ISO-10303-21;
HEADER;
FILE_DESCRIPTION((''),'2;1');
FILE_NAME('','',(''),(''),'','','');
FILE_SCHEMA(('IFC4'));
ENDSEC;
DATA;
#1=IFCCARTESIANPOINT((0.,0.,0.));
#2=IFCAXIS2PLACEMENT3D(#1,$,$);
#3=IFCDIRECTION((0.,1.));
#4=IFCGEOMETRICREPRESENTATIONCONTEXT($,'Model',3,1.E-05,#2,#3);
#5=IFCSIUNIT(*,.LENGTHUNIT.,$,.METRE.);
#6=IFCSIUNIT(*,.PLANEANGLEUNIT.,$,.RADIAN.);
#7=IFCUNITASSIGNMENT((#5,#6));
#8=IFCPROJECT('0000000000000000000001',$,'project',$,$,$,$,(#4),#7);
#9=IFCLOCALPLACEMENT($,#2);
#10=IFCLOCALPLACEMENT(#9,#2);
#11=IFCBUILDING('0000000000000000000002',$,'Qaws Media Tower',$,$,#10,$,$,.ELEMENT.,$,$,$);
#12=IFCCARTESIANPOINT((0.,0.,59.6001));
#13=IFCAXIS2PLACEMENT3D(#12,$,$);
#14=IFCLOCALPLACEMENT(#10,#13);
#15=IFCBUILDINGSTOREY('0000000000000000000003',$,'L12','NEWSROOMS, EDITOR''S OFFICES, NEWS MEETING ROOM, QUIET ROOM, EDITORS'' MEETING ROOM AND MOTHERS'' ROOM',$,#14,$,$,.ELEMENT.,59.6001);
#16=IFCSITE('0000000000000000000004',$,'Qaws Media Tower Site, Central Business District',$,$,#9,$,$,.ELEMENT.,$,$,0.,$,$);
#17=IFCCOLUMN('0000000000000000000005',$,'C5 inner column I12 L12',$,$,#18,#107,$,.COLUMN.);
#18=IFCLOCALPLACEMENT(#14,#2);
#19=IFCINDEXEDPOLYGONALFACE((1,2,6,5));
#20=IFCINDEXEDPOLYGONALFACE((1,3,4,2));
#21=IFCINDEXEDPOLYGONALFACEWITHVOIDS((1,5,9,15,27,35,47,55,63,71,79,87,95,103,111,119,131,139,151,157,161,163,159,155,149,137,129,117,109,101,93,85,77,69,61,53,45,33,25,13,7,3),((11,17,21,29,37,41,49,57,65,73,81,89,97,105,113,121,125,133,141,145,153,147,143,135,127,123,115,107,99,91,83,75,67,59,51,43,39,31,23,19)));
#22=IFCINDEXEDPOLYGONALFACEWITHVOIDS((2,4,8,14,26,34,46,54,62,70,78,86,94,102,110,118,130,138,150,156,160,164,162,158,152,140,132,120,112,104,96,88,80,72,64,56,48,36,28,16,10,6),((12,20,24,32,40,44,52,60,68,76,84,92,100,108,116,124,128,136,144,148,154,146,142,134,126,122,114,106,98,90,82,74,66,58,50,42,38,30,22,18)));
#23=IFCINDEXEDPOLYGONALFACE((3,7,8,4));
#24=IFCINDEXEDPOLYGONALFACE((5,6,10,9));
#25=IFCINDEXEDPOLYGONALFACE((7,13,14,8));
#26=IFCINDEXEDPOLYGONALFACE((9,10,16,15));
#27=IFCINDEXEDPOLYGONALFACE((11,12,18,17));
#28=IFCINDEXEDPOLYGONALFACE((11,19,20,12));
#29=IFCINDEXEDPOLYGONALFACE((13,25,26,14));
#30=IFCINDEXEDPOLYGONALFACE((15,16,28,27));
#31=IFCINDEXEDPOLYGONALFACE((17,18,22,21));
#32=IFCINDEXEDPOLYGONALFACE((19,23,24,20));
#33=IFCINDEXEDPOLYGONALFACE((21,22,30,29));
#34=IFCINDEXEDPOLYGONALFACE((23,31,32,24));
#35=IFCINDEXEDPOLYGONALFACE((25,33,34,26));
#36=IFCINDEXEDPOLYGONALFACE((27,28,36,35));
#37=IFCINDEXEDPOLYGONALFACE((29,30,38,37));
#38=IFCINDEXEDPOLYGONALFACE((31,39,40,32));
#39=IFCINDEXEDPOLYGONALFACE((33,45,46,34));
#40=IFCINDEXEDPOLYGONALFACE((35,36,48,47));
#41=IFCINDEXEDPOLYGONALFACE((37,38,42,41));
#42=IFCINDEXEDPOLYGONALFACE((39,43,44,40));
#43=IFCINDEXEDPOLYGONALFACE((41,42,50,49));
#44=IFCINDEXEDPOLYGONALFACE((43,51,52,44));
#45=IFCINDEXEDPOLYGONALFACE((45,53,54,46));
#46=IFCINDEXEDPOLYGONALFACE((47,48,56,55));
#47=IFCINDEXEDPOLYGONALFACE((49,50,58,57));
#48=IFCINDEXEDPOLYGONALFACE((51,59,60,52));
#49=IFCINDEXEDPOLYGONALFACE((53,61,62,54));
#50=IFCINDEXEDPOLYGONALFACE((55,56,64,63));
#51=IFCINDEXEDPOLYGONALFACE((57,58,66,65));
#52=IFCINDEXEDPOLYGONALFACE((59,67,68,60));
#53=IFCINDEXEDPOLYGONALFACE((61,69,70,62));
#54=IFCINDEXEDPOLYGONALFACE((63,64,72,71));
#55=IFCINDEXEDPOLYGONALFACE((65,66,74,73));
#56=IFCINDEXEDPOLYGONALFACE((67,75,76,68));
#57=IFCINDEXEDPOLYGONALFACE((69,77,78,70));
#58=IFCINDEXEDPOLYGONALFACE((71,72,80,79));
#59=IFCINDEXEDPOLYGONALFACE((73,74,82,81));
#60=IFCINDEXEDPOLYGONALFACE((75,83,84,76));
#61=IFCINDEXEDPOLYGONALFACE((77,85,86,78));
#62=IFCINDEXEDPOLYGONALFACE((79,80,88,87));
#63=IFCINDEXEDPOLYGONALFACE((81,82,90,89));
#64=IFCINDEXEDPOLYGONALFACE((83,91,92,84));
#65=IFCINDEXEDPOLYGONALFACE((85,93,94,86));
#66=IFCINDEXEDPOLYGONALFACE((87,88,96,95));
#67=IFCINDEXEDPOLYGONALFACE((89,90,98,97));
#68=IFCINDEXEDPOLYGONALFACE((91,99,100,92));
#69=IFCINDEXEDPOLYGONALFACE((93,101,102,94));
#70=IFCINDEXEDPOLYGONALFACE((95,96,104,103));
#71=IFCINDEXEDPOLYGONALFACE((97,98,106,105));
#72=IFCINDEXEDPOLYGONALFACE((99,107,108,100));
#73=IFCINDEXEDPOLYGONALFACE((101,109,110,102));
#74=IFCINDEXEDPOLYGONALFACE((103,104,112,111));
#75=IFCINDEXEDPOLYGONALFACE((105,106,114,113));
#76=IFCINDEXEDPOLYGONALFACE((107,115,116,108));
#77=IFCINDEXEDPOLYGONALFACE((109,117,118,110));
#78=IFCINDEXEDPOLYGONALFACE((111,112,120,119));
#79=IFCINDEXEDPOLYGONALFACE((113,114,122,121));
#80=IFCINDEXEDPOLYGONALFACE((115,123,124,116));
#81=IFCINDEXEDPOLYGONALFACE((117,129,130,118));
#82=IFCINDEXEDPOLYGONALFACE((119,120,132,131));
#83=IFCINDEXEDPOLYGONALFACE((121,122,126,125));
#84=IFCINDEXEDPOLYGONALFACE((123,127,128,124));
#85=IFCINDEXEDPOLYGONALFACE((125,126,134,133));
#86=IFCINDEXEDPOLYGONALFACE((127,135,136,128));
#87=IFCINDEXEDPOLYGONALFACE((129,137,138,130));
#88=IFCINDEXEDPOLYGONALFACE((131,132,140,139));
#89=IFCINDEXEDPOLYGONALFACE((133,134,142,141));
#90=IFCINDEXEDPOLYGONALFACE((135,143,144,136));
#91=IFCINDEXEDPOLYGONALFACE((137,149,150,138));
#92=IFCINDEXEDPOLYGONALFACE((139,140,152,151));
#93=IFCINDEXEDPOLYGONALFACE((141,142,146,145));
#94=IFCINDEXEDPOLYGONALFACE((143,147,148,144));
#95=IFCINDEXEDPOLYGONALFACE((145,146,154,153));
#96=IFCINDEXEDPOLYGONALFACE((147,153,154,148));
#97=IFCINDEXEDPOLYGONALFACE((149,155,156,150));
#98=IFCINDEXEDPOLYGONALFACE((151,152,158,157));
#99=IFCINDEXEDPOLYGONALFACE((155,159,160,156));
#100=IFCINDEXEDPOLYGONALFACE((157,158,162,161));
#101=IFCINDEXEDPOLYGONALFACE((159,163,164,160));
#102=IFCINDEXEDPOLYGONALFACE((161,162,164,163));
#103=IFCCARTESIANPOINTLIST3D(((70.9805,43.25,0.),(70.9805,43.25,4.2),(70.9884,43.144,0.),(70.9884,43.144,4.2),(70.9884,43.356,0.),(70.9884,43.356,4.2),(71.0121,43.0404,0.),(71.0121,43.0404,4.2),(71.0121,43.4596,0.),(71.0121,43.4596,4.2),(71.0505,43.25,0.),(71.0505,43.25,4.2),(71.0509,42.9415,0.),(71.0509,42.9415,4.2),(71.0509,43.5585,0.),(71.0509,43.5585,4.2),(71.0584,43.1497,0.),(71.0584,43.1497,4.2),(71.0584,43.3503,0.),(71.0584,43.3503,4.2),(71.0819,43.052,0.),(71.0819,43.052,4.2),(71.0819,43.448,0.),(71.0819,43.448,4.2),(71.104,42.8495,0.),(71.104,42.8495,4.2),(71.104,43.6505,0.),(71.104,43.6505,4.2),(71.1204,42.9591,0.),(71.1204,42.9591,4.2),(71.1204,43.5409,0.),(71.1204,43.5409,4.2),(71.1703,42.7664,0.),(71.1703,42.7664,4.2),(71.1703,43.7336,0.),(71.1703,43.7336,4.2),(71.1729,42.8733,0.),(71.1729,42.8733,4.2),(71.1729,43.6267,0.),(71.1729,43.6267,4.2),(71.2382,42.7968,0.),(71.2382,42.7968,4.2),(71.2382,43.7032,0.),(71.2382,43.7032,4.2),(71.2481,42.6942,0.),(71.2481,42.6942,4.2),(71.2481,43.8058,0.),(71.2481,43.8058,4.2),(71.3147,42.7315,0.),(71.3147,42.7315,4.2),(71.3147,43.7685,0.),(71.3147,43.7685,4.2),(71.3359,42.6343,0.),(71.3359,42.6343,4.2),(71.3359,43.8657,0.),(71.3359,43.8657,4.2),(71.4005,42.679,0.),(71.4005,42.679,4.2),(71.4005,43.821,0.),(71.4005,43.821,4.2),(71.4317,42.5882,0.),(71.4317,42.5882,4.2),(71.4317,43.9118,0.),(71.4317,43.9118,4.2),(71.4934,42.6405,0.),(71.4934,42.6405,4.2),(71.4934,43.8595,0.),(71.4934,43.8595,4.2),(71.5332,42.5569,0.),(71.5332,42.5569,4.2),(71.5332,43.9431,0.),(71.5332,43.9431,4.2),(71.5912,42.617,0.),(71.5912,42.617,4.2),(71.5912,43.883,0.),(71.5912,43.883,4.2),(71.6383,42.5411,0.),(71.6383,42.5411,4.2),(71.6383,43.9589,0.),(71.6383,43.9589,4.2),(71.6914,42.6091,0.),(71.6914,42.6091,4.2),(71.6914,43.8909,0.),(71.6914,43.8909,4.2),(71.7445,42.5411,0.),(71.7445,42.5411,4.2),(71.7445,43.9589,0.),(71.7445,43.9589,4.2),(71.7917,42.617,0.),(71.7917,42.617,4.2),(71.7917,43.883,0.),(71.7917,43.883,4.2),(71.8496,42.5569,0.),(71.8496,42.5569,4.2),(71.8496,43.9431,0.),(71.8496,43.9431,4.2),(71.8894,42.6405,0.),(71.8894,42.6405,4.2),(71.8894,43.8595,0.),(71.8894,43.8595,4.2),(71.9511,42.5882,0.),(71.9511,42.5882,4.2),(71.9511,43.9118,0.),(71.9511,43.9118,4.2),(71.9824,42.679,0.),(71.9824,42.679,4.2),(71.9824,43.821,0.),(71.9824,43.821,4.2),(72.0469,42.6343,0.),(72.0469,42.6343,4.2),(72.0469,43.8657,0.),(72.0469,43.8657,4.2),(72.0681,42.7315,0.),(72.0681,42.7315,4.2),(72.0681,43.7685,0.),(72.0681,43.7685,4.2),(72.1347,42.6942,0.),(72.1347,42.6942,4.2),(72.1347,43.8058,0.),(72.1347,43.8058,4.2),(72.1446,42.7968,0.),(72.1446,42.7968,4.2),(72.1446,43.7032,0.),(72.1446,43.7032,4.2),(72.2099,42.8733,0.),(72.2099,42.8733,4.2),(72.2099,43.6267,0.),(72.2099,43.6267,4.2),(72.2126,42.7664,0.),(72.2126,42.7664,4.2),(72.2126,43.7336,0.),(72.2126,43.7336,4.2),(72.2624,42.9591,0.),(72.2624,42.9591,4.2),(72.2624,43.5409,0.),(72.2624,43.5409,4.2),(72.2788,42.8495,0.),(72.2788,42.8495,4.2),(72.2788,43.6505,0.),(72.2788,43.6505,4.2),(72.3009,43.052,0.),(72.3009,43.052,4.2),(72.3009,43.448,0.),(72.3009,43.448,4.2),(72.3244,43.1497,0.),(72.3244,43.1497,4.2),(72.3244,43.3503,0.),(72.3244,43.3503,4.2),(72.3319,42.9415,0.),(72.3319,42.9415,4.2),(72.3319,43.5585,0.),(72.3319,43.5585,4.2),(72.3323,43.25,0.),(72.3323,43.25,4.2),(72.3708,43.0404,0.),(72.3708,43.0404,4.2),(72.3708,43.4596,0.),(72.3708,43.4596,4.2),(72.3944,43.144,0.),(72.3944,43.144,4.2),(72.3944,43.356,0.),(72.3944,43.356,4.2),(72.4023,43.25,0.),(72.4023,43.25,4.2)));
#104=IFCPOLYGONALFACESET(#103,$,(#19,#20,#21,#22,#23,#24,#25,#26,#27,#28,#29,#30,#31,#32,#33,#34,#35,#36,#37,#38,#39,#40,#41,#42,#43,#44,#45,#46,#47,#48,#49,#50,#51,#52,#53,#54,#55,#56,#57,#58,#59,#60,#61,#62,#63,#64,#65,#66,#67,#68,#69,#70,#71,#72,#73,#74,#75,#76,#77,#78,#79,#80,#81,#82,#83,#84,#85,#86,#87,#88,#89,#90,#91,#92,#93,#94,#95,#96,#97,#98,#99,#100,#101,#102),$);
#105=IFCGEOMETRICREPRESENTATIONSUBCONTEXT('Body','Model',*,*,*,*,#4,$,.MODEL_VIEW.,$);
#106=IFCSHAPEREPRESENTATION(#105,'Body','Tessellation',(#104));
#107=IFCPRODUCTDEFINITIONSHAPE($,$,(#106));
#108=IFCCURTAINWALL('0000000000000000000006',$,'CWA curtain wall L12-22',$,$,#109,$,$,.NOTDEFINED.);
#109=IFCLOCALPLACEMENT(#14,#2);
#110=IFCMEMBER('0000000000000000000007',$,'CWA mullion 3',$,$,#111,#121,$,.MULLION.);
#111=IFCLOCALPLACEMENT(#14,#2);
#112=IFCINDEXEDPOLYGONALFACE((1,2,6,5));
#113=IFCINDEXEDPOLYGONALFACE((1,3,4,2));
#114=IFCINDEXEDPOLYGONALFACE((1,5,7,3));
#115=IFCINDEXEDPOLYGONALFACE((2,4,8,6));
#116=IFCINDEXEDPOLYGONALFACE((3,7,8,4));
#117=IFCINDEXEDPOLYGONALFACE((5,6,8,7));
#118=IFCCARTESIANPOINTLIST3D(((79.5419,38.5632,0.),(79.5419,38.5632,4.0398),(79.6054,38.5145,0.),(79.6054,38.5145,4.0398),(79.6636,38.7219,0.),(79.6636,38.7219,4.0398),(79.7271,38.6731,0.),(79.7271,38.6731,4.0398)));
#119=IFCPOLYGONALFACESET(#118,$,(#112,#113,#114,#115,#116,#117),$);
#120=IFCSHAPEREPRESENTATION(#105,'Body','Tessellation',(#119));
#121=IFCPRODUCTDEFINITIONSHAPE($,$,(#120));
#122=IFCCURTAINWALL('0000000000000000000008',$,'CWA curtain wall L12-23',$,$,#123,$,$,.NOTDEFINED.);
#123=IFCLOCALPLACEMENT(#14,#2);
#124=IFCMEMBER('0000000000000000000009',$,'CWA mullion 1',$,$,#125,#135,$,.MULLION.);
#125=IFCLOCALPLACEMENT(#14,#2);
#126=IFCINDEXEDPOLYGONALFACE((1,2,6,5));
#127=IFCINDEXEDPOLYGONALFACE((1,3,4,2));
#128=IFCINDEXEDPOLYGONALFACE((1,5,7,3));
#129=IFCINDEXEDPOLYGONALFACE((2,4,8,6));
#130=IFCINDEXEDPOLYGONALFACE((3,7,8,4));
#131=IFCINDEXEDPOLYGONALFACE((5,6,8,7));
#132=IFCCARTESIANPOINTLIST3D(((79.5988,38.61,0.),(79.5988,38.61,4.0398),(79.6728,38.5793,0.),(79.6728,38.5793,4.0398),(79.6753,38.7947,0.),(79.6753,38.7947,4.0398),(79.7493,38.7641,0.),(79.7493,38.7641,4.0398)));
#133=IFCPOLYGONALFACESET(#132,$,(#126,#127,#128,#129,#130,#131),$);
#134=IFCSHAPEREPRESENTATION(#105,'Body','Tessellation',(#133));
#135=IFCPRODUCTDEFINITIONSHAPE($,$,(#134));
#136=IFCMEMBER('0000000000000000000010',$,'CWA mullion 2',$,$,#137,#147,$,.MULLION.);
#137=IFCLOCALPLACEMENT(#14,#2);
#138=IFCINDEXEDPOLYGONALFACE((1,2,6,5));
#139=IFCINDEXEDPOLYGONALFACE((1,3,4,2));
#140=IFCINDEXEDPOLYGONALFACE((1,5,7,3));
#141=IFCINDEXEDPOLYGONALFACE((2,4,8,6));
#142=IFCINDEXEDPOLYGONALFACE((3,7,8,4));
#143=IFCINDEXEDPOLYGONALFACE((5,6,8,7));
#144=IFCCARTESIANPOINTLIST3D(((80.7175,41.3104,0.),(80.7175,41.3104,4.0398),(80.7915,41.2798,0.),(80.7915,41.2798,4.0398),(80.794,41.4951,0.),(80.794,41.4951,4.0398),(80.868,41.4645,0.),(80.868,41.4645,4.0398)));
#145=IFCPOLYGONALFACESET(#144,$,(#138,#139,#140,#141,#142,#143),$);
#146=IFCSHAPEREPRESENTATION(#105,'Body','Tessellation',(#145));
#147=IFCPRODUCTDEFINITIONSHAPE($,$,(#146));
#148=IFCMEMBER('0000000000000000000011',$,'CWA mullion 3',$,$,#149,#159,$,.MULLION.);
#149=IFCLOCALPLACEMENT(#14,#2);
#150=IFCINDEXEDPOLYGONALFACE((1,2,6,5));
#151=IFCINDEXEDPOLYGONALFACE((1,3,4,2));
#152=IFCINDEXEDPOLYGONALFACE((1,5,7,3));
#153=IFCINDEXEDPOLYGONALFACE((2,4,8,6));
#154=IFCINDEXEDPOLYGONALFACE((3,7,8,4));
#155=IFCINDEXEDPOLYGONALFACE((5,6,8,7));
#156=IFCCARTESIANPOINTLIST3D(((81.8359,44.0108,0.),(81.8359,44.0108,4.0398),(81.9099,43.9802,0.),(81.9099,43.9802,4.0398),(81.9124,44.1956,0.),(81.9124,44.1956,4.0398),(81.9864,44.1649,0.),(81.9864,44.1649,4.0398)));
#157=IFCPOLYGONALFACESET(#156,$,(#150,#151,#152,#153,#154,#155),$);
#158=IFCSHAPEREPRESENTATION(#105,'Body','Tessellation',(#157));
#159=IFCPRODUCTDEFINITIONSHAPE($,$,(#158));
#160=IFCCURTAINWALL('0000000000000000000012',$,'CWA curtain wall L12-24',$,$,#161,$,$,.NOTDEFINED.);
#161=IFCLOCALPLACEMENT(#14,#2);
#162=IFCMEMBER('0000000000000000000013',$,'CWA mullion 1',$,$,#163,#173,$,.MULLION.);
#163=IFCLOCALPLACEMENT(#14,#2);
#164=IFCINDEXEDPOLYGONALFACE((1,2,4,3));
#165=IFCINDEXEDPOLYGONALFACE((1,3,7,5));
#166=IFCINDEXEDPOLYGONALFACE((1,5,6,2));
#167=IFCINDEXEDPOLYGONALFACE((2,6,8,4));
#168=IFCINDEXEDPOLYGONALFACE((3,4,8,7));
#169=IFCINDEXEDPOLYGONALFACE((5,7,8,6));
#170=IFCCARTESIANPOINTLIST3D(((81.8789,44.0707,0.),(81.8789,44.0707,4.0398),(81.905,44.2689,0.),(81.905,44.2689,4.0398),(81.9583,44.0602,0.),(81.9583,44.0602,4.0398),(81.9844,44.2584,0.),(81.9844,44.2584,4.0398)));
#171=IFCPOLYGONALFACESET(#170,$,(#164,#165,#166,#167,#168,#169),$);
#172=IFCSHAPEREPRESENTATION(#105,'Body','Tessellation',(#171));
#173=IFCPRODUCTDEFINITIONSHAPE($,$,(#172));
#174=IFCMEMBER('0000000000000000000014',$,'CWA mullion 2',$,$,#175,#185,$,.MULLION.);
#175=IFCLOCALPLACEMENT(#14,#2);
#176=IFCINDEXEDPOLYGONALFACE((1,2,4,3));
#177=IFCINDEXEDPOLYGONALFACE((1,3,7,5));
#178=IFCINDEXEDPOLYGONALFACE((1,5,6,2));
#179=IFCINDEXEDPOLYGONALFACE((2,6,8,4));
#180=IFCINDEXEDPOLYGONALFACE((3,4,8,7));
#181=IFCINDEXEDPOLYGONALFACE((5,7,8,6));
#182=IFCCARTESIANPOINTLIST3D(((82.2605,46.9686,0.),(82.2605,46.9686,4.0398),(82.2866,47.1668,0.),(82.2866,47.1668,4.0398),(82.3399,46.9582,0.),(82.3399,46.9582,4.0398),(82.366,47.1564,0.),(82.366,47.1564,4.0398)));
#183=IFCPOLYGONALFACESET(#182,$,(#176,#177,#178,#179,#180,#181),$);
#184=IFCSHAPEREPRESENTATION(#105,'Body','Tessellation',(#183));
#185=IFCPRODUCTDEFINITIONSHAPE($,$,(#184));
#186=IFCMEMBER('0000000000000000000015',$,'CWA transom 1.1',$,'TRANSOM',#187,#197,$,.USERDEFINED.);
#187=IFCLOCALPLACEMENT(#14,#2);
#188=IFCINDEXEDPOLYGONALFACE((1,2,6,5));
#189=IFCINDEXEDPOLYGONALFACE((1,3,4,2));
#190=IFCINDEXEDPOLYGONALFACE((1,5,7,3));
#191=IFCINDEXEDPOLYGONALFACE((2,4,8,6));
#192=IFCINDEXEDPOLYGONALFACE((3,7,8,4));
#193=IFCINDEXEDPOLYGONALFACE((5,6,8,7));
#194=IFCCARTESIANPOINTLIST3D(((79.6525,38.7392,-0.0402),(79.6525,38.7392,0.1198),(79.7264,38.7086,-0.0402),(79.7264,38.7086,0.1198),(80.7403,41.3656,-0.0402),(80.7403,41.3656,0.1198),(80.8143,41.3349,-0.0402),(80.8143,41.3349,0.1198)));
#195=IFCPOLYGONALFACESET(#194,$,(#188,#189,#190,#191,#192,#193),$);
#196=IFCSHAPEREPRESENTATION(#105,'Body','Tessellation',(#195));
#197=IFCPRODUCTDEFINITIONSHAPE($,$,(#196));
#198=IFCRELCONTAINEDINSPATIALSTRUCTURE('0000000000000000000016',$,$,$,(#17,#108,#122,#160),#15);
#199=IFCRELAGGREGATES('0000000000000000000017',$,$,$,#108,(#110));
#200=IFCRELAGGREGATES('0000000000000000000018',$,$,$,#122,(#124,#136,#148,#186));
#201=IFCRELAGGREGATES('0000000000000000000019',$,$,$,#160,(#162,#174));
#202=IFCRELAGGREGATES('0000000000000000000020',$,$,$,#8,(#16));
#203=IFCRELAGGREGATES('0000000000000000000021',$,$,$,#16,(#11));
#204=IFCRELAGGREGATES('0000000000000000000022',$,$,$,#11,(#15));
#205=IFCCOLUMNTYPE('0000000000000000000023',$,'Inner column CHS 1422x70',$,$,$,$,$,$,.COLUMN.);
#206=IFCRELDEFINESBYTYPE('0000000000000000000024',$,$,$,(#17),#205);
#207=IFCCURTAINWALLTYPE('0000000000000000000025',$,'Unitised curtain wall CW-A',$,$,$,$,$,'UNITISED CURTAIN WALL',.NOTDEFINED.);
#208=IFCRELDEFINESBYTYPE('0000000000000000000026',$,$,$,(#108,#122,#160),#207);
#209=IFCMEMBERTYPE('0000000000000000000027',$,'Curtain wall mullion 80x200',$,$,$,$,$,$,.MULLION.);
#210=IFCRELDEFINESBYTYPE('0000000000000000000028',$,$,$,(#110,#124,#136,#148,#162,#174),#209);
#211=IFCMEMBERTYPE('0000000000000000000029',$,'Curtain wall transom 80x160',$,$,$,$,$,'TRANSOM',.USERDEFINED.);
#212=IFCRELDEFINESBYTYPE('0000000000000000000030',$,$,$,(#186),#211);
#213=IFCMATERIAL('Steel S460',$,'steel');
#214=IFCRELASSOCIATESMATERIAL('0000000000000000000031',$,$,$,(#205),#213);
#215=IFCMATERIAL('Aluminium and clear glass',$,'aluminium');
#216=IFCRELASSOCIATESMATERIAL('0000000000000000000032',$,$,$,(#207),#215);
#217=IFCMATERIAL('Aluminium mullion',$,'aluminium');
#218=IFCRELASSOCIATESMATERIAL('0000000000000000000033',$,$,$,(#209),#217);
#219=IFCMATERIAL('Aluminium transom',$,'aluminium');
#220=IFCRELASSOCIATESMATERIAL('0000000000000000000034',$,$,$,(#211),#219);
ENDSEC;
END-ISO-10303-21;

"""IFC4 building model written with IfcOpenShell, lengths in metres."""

from ifc_helpers import new_model, si_unit, direction, frame, origin, origin_2d, place, context, subcontext, project, spatial, rectangle, hollow_circle, extrude, material, material_profile, profile_set, type_object, element, aggregate, save


model = new_model("IFC4")

# Units and contexts
model_context = context("Model", 3, precision=1e-05, world=origin(), true_north=direction((0.0, 1.0)))
body_context = subcontext(model_context, "Body", "Model", "MODEL_VIEW")
ifc_project = project(units=[si_unit("LENGTHUNIT", "METRE"), si_unit("PLANEANGLEUNIT", "RADIAN")], contexts=[model_context])

# Site, building, storey
site_placement = place(None, origin())
site = spatial("IfcSite", under=ifc_project, at=site_placement, Name="Qaws Media Tower Site, Central Business District", CompositionType="ELEMENT", RefElevation=0.0)
building_placement = place(site_placement, origin())
building = spatial("IfcBuilding", under=site, at=building_placement, Name="Qaws Media Tower", CompositionType="ELEMENT")
storey_placement = place(building_placement, frame((0.0, 0.0, 59.6001)))
storey = spatial("IfcBuildingStorey", under=building, at=storey_placement, Name="L12", Description="NEWSROOMS, EDITOR'S OFFICES, NEWS MEETING ROOM, QUIET ROOM, EDITORS' MEETING ROOM AND MOTHERS' ROOM", CompositionType="ELEMENT", Elevation=59.6001)

# Column
ifc_material_1 = material(Name="Steel S460", Category="steel")
ifc_material_profile_1 = material_profile(ifc_material_1, hollow_circle(Radius=0.7109, WallThickness=0.0701, at=origin_2d()), Name="CHS 1422x70")
ifc_profile_set_1 = profile_set([ifc_material_profile_1], Name="Steel S460")
column_type = type_object("IfcColumnType", Name="Inner column CHS 1422x70", PredefinedType="COLUMN", material=ifc_profile_set_1)
column_placement = place(storey_placement, frame((71.6914, 43.25, 0.0), z_axis=(0.0, 0.0, 1.0), x_axis=(1.0, 0.0, 0.0)))
element("IfcColumn", 1, at=column_placement, inside=storey, type_object=column_type, Name="C5 inner column I12 L12", PredefinedType="COLUMN", context=body_context, shape_type="SweptSolid", body=[
    extrude(hollow_circle(Radius=0.7109, WallThickness=0.0701, at=origin_2d()), origin(), (0.0, 0.0, 1.0), 4.2),
])

# Curtain wall, member
ifc_material_2 = material(Name="Aluminium and clear glass", Category="aluminium")
curtain_wall_type = type_object("IfcCurtainWallType", Name="Unitised curtain wall CW-A", ElementType="UNITISED CURTAIN WALL", PredefinedType="NOTDEFINED", material=ifc_material_2)
curtain_wall_1_placement = place(storey_placement, origin())
curtain_wall_1 = element("IfcCurtainWall", 2, at=curtain_wall_1_placement, inside=storey, type_object=curtain_wall_type, Name="CWA curtain wall L12-22", PredefinedType="NOTDEFINED")
ifc_material_3 = material(Name="Aluminium mullion", Category="aluminium")
ifc_material_profile_2 = material_profile(ifc_material_3, rectangle(XDim=0.0801, YDim=0.2, at=origin_2d()), Name="80x200")
ifc_profile_set_2 = profile_set([ifc_material_profile_2], Name="Aluminium mullion")
member_type_1 = type_object("IfcMemberType", Name="Curtain wall mullion 80x200", PredefinedType="MULLION", material=ifc_profile_set_2)
member_1_placement = place(storey_placement, frame((79.6345, 38.6182, 0.0), z_axis=(0.0, 0.0, 1.0), x_axis=(-0.793353, 0.608761, 0.0)))
member_1 = element("IfcMember", 3, at=member_1_placement, type_object=member_type_1, Name="CWA mullion 3", PredefinedType="MULLION", context=body_context, shape_type="SweptSolid", body=[
    extrude(rectangle(XDim=0.0801, YDim=0.2, at=origin_2d()), origin(), (0.0, 0.0, 1.0), 4.0398),
])
aggregate(curtain_wall_1, [member_1])

# Curtain walls, members
curtain_wall_2_placement = place(storey_placement, origin())
curtain_wall_2 = element("IfcCurtainWall", 4, at=curtain_wall_2_placement, inside=storey, type_object=curtain_wall_type, Name="CWA curtain wall L12-23", PredefinedType="NOTDEFINED")
member_2_placement = place(storey_placement, frame((79.6741, 38.687, 0.0), z_axis=(0.0, 0.0, 1.0), x_axis=(-0.92388, 0.382683, 0.0)))
member_2 = element("IfcMember", 5, at=member_2_placement, type_object=member_type_1, Name="CWA mullion 1", PredefinedType="MULLION", context=body_context, shape_type="SweptSolid", body=[
    extrude(rectangle(XDim=0.0801, YDim=0.2, at=origin_2d()), origin(), (0.0, 0.0, 1.0), 4.0398),
])
member_3_placement = place(storey_placement, frame((80.7927, 41.3875, 0.0), z_axis=(0.0, 0.0, 1.0), x_axis=(-0.92388, 0.382683, 0.0)))
member_3 = element("IfcMember", 6, at=member_3_placement, type_object=member_type_1, Name="CWA mullion 2", PredefinedType="MULLION", context=body_context, shape_type="SweptSolid", body=[
    extrude(rectangle(XDim=0.0801, YDim=0.2, at=origin_2d()), origin(), (0.0, 0.0, 1.0), 4.0398),
])
member_4_placement = place(storey_placement, frame((81.9111, 44.0879, 0.0), z_axis=(0.0, 0.0, 1.0), x_axis=(-0.92388, 0.382683, 0.0)))
member_4 = element("IfcMember", 7, at=member_4_placement, type_object=member_type_1, Name="CWA mullion 3", PredefinedType="MULLION", context=body_context, shape_type="SweptSolid", body=[
    extrude(rectangle(XDim=0.0801, YDim=0.2, at=origin_2d()), origin(), (0.0, 0.0, 1.0), 4.0398),
])
curtain_wall_3_placement = place(storey_placement, origin())
curtain_wall_3 = element("IfcCurtainWall", 8, at=curtain_wall_3_placement, inside=storey, type_object=curtain_wall_type, Name="CWA curtain wall L12-24", PredefinedType="NOTDEFINED")
member_5_placement = place(storey_placement, frame((81.9316, 44.1646, 0.0), z_axis=(0.0, 0.0, 1.0), x_axis=(-0.991445, 0.130526, 0.0)))
member_5 = element("IfcMember", 9, at=member_5_placement, type_object=member_type_1, Name="CWA mullion 1", PredefinedType="MULLION", context=body_context, shape_type="SweptSolid", body=[
    extrude(rectangle(XDim=0.0801, YDim=0.2, at=origin_2d()), origin(), (0.0, 0.0, 1.0), 4.0398),
])
member_6_placement = place(storey_placement, frame((82.3132, 47.0625, 0.0), z_axis=(0.0, 0.0, 1.0), x_axis=(-0.991445, 0.130526, 0.0)))
member_6 = element("IfcMember", 10, at=member_6_placement, type_object=member_type_1, Name="CWA mullion 2", PredefinedType="MULLION", context=body_context, shape_type="SweptSolid", body=[
    extrude(rectangle(XDim=0.0801, YDim=0.2, at=origin_2d()), origin(), (0.0, 0.0, 1.0), 4.0398),
])

# Member
ifc_material_4 = material(Name="Aluminium transom", Category="aluminium")
ifc_material_profile_3 = material_profile(ifc_material_4, rectangle(XDim=0.0801, YDim=0.1599, at=origin_2d()), Name="80x160")
ifc_profile_set_3 = profile_set([ifc_material_profile_3], Name="Aluminium transom")
member_type_2 = type_object("IfcMemberType", Name="Curtain wall transom 80x160", ElementType="TRANSOM", PredefinedType="USERDEFINED", material=ifc_profile_set_3)
member_7_placement = place(storey_placement, frame((79.6895, 38.7239, 0.0398), z_axis=(0.382675, 0.923883, 0.0), x_axis=(-0.923883, 0.382675, 0.0)))
member_7 = element("IfcMember", 11, at=member_7_placement, type_object=member_type_2, Name="CWA transom 1.1", ObjectType="TRANSOM", PredefinedType="USERDEFINED", context=body_context, shape_type="SweptSolid", body=[
    extrude(rectangle(XDim=0.0801, YDim=0.1599, at=origin_2d()), origin(), (0.0, 0.0, 1.0), 2.8428),
])

aggregate(curtain_wall_2, [member_2, member_3, member_4, member_7])
aggregate(curtain_wall_3, [member_5, member_6])

save(model, "model.ifc")
